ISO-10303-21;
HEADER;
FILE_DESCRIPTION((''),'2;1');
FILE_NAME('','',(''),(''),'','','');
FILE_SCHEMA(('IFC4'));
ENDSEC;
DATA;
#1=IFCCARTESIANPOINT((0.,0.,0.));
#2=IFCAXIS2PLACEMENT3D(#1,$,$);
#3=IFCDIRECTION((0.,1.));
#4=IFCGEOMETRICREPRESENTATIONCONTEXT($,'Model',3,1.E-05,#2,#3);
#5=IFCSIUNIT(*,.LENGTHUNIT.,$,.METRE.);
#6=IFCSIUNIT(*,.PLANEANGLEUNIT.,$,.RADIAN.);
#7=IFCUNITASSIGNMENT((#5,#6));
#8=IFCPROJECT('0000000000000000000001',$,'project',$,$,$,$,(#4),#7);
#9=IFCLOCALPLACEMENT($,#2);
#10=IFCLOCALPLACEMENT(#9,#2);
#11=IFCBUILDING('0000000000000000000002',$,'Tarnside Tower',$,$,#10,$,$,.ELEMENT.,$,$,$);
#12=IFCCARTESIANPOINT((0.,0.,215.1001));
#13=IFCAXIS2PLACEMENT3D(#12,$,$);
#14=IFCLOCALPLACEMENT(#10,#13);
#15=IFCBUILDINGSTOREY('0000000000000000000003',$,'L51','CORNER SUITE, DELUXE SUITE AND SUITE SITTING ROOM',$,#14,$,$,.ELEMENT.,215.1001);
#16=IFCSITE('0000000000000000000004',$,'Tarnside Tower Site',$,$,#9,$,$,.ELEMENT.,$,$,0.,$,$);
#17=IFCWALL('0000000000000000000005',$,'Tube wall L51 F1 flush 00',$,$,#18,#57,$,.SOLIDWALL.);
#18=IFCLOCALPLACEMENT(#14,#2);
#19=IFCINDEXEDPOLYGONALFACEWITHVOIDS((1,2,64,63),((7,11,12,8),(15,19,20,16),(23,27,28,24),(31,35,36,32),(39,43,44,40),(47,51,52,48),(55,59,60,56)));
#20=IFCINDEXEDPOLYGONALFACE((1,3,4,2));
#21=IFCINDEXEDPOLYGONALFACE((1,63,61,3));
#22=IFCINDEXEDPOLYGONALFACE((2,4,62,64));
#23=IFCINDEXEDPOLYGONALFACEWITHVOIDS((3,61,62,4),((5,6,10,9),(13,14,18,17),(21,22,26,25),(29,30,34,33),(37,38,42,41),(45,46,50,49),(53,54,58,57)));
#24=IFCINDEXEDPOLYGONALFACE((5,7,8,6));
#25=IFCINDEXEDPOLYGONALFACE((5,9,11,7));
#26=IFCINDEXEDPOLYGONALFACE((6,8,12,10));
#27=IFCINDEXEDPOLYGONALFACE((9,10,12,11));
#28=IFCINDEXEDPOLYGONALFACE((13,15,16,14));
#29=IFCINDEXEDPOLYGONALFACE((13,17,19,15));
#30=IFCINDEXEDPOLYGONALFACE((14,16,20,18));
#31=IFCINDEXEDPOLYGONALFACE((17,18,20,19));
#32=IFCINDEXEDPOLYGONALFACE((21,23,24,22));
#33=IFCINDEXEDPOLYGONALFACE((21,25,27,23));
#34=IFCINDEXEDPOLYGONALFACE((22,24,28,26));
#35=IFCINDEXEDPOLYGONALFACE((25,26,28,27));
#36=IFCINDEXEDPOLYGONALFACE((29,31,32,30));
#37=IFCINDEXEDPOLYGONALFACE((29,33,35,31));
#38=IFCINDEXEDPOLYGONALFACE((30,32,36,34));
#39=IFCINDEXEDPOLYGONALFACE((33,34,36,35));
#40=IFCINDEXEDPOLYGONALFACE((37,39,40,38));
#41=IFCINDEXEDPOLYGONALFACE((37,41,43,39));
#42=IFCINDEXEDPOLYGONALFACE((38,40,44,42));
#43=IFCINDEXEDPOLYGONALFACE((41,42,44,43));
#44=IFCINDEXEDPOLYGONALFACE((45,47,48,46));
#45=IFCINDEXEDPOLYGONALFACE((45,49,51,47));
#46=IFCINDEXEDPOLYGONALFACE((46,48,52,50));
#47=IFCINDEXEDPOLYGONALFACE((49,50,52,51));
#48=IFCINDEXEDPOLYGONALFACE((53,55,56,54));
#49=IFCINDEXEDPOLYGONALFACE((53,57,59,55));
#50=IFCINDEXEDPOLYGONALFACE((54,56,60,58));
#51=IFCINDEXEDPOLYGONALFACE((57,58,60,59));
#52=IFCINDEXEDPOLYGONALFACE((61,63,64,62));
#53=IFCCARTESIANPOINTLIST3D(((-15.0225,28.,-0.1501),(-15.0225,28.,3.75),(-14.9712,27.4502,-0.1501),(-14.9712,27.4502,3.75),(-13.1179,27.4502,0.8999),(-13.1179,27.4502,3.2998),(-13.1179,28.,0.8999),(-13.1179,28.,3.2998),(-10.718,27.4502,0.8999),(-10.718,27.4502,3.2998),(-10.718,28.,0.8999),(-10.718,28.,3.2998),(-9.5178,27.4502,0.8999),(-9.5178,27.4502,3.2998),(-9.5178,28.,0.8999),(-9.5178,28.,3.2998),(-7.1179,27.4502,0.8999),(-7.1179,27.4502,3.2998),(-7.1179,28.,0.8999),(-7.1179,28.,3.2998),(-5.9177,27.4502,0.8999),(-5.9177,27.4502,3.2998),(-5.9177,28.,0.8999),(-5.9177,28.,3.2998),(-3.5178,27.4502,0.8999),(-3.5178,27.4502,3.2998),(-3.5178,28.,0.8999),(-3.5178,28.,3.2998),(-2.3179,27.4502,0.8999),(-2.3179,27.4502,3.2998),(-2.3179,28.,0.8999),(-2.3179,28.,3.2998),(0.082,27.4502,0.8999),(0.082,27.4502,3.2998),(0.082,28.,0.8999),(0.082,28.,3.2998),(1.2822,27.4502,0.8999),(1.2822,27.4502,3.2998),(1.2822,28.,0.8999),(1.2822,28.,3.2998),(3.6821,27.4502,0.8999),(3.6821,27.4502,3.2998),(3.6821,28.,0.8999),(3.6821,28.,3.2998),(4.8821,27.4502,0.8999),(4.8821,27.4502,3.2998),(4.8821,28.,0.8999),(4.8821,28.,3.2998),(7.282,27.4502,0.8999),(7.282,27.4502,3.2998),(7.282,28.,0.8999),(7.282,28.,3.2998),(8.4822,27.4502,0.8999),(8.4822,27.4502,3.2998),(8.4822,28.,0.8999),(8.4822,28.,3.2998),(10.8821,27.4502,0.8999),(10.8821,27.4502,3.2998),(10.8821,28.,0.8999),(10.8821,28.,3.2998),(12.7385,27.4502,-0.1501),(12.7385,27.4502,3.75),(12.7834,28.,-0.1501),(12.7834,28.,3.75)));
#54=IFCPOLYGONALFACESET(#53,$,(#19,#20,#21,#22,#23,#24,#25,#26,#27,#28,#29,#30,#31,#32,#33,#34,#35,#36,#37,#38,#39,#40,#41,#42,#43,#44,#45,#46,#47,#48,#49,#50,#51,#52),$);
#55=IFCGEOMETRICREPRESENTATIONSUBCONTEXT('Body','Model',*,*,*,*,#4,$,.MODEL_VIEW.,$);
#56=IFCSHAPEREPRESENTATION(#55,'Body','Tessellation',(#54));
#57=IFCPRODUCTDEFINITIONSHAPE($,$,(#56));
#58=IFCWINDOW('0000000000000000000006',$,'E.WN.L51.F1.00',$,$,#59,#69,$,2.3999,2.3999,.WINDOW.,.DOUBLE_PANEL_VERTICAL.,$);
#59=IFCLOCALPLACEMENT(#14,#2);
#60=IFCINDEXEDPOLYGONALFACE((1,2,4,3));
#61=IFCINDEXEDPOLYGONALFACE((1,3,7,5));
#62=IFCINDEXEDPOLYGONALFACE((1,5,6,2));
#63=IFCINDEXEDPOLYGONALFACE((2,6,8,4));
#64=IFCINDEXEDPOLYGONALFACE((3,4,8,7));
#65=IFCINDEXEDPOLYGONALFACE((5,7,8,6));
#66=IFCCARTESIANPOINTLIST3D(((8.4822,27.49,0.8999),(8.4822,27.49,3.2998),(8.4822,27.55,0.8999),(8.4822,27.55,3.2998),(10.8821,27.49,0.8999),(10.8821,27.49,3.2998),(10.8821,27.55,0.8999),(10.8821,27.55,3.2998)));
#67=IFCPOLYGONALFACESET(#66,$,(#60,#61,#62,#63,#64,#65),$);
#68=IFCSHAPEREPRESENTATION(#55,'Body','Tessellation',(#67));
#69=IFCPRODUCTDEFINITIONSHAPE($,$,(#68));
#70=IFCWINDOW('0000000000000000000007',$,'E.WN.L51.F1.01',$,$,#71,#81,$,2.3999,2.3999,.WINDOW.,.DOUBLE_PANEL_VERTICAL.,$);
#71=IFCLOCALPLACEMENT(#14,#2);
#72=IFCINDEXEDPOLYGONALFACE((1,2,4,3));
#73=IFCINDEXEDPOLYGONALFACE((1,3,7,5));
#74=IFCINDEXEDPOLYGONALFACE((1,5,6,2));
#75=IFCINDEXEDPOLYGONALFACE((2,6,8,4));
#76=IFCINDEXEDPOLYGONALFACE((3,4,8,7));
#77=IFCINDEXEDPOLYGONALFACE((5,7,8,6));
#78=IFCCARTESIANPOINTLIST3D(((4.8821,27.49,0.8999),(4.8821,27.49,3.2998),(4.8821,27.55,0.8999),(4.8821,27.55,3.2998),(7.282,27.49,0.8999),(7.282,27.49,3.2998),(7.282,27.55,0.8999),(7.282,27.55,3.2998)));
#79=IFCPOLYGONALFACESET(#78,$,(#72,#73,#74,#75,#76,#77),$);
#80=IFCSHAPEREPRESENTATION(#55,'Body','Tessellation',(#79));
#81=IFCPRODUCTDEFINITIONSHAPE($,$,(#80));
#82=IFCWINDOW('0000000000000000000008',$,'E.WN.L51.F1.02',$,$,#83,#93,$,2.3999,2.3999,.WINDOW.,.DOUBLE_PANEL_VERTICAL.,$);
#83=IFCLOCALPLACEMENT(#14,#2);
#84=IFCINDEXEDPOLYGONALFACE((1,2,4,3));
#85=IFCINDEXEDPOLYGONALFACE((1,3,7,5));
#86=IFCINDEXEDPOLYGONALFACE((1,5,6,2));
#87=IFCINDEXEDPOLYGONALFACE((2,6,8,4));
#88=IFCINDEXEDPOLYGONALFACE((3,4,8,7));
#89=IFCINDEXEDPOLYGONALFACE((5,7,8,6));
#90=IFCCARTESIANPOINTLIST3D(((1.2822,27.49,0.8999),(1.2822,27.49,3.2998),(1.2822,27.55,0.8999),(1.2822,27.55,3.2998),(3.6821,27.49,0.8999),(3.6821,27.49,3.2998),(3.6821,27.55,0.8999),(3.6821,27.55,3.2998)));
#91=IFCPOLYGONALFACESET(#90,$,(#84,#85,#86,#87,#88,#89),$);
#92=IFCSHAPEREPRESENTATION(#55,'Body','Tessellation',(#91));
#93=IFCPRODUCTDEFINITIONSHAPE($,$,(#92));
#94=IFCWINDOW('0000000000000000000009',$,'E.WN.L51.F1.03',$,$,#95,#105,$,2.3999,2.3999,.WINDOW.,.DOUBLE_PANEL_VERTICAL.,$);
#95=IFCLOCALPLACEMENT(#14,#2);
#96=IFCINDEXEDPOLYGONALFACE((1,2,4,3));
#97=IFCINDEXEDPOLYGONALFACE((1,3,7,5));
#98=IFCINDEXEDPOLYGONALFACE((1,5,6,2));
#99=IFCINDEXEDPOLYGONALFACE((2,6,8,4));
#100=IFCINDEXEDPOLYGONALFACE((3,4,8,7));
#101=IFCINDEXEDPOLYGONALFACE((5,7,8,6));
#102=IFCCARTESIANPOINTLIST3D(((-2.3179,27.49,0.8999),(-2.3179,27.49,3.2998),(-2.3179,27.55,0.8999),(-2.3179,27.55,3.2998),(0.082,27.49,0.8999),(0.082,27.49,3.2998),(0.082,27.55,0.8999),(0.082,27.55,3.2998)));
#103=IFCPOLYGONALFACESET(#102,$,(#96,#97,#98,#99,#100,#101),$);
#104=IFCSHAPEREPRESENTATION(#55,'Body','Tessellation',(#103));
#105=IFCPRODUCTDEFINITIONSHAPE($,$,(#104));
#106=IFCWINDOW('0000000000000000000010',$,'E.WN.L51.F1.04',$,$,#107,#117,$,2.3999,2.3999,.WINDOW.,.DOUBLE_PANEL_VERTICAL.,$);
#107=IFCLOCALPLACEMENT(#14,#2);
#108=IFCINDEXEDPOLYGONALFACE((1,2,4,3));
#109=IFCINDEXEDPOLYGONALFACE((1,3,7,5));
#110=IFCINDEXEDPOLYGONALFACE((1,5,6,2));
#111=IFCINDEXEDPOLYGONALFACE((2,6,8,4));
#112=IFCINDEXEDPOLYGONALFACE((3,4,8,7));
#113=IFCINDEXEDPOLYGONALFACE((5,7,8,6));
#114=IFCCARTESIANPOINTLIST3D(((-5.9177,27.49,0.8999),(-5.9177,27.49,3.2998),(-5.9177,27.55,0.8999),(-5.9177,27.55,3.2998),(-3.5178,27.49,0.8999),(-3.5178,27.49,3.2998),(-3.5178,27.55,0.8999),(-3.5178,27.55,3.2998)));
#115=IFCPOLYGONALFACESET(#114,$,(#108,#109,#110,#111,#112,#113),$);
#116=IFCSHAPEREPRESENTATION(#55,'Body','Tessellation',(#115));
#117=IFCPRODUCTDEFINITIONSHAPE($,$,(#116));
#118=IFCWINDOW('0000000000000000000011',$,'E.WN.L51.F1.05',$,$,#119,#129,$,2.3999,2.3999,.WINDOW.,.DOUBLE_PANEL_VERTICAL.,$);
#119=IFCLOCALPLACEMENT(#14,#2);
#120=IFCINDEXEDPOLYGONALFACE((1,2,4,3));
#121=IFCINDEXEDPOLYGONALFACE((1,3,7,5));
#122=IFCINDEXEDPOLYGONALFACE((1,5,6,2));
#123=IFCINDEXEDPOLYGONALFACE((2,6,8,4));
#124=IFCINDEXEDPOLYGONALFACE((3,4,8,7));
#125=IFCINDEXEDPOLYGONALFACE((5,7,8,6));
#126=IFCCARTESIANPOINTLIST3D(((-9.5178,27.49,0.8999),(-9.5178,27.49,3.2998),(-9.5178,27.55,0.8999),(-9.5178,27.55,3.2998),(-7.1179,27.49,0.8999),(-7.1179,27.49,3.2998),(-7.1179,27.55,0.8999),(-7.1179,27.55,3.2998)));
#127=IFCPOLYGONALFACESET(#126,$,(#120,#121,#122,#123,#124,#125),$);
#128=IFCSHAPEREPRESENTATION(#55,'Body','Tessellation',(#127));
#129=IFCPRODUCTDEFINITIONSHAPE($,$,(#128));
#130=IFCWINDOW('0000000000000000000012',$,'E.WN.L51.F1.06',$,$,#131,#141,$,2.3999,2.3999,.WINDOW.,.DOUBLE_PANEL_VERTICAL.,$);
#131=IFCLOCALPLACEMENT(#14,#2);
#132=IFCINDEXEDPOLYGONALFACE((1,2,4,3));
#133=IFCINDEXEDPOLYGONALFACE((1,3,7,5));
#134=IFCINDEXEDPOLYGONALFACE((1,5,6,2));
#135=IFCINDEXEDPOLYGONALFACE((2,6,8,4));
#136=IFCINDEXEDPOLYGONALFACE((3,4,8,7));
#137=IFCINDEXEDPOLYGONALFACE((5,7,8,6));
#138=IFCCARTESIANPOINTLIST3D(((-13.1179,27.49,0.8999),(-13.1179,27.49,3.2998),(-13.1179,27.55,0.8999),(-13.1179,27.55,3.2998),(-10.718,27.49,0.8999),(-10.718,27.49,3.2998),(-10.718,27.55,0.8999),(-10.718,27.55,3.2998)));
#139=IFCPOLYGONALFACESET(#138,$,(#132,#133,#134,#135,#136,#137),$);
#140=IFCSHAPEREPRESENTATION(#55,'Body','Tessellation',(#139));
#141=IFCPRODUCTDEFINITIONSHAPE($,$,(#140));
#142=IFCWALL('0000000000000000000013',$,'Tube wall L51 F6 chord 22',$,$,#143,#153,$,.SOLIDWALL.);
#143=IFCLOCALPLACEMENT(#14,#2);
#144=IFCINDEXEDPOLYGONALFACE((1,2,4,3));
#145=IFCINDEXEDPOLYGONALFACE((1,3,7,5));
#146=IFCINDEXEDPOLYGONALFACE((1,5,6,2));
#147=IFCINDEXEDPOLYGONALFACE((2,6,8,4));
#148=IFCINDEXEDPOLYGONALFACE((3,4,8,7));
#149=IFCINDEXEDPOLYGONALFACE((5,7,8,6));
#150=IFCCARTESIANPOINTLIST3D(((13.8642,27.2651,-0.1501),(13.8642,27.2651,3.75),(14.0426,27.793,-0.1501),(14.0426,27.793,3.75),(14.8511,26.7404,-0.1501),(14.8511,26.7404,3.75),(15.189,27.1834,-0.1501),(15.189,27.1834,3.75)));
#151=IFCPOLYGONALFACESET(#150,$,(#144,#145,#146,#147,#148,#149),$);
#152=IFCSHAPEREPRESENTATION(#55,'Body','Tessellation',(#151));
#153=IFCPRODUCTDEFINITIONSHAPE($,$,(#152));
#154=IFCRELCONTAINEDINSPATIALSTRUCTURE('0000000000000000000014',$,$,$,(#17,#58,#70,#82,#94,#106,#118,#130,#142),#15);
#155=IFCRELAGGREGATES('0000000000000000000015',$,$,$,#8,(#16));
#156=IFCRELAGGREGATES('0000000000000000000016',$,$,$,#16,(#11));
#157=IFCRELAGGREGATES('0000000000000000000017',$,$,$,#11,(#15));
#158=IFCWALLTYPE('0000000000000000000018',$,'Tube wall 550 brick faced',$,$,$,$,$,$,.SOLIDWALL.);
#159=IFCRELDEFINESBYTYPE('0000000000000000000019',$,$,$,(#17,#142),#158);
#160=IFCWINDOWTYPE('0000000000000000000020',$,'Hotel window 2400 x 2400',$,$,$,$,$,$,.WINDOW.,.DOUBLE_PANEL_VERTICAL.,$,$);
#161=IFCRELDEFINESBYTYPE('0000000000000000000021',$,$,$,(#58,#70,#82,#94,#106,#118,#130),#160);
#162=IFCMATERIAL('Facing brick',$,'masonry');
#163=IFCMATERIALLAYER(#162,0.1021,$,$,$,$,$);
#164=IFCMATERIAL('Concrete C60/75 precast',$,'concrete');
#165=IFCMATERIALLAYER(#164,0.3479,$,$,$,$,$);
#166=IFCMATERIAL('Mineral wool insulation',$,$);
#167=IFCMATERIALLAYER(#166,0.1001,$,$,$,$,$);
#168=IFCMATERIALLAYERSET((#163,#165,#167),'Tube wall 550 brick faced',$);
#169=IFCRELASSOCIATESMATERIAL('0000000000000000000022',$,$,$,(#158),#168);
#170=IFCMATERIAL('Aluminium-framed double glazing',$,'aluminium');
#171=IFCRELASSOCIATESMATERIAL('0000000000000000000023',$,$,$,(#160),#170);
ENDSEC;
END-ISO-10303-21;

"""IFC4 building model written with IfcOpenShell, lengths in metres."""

from ifc_helpers import new_model, si_unit, direction, frame, frame_2d, origin, place, context, subcontext, project, spatial, polyline, rectangle, outline, extrude, material, layer, layer_set, type_object, element, fill, save


model = new_model("IFC4")

# Units and contexts
model_context = context("Model", 3, precision=1e-05, world=origin(), true_north=direction((0.0, 1.0)))
body_context = subcontext(model_context, "Body", "Model", "MODEL_VIEW")
ifc_project = project(units=[si_unit("LENGTHUNIT", "METRE"), si_unit("PLANEANGLEUNIT", "RADIAN")], contexts=[model_context])

# Site, building, storey
site_placement = place(None, origin())
site = spatial("IfcSite", under=ifc_project, at=site_placement, Name="Tarnside Tower Site", CompositionType="ELEMENT", RefElevation=0.0)
building_placement = place(site_placement, origin())
building = spatial("IfcBuilding", under=site, at=building_placement, Name="Tarnside Tower", CompositionType="ELEMENT")
storey_placement = place(building_placement, frame((0.0, 0.0, 215.1001)))
storey = spatial("IfcBuildingStorey", under=building, at=storey_placement, Name="L51", Description="CORNER SUITE, DELUXE SUITE AND SUITE SITTING ROOM", CompositionType="ELEMENT", Elevation=215.1001)

# Wall, openings, windows
ifc_material_1 = material(Name="Facing brick", Category="masonry")
ifc_layer_1 = layer(ifc_material_1, 0.1021)
ifc_material_2 = material(Name="Concrete C60/75 precast", Category="concrete")
ifc_layer_2 = layer(ifc_material_2, 0.3479)
ifc_material_3 = material(Name="Mineral wool insulation")
ifc_layer_3 = layer(ifc_material_3, 0.1001)
ifc_layer_set_1 = layer_set([ifc_layer_1, ifc_layer_2, ifc_layer_3], Name="Tube wall 550 brick faced")
wall_type_1 = type_object("IfcWallType", Name="Tube wall 550 brick faced", PredefinedType="SOLIDWALL", material=ifc_layer_set_1)
wall_1_placement = place(storey_placement, frame((12.761, 27.7251, -0.1501), z_axis=(0.0, 0.0, 1.0), x_axis=(-1.0, 0.0, 0.0)))
wall_1 = element("IfcWall", 1, at=wall_1_placement, inside=storey, type_object=wall_type_1, Name="Tube wall L51 F1 flush 00", PredefinedType="SOLIDWALL", context=body_context, shape_type="SweptSolid", body=[
    extrude(outline(polyline([(-0.0225, -0.2749), (27.7834, -0.2749), (27.7322, 0.2749), (0.0225, 0.2749), (-0.0225, -0.2749)])), origin(), (0.0, 0.0, 1.0), 3.9001),
])
opening_1_placement = place(wall_1_placement, frame((1.8789, 0.0, 1.05)))
opening_1 = element("IfcOpeningElement", 2, at=opening_1_placement, cuts=wall_1, PredefinedType="OPENING", context=body_context, shape_type="SweptSolid", body=[
    extrude(rectangle(XDim=2.3999, YDim=2.3999, at=frame_2d((1.2, 1.2))), frame((0.0, 0.2852, 0.0), z_axis=(0.0, -1.0, 0.0), x_axis=(1.0, 0.0, 0.0)), (0.0, 0.0, 1.0), 0.5701),
])
opening_2_placement = place(wall_1_placement, frame((5.479, 0.0, 1.05)))
opening_2 = element("IfcOpeningElement", 3, at=opening_2_placement, cuts=wall_1, PredefinedType="OPENING", context=body_context, shape_type="SweptSolid", body=[
    extrude(rectangle(XDim=2.3999, YDim=2.3999, at=frame_2d((1.2, 1.2))), frame((0.0, 0.2852, 0.0), z_axis=(0.0, -1.0, 0.0), x_axis=(1.0, 0.0, 0.0)), (0.0, 0.0, 1.0), 0.5701),
])
opening_3_placement = place(wall_1_placement, frame((9.0789, 0.0, 1.05)))
opening_3 = element("IfcOpeningElement", 4, at=opening_3_placement, cuts=wall_1, PredefinedType="OPENING", context=body_context, shape_type="SweptSolid", body=[
    extrude(rectangle(XDim=2.3999, YDim=2.3999, at=frame_2d((1.2, 1.2))), frame((0.0, 0.2852, 0.0), z_axis=(0.0, -1.0, 0.0), x_axis=(1.0, 0.0, 0.0)), (0.0, 0.0, 1.0), 0.5701),
])
opening_4_placement = place(wall_1_placement, frame((12.679, 0.0, 1.05)))
opening_4 = element("IfcOpeningElement", 5, at=opening_4_placement, cuts=wall_1, PredefinedType="OPENING", context=body_context, shape_type="SweptSolid", body=[
    extrude(rectangle(XDim=2.3999, YDim=2.3999, at=frame_2d((1.2, 1.2))), frame((0.0, 0.2852, 0.0), z_axis=(0.0, -1.0, 0.0), x_axis=(1.0, 0.0, 0.0)), (0.0, 0.0, 1.0), 0.5701),
])
opening_5_placement = place(wall_1_placement, frame((16.2788, 0.0, 1.05)))
opening_5 = element("IfcOpeningElement", 6, at=opening_5_placement, cuts=wall_1, PredefinedType="OPENING", context=body_context, shape_type="SweptSolid", body=[
    extrude(rectangle(XDim=2.3999, YDim=2.3999, at=frame_2d((1.2, 1.2))), frame((0.0, 0.2852, 0.0), z_axis=(0.0, -1.0, 0.0), x_axis=(1.0, 0.0, 0.0)), (0.0, 0.0, 1.0), 0.5701),
])
opening_6_placement = place(wall_1_placement, frame((19.8789, 0.0, 1.05)))
opening_6 = element("IfcOpeningElement", 7, at=opening_6_placement, cuts=wall_1, PredefinedType="OPENING", context=body_context, shape_type="SweptSolid", body=[
    extrude(rectangle(XDim=2.3999, YDim=2.3999, at=frame_2d((1.2, 1.2))), frame((0.0, 0.2852, 0.0), z_axis=(0.0, -1.0, 0.0), x_axis=(1.0, 0.0, 0.0)), (0.0, 0.0, 1.0), 0.5701),
])
opening_7_placement = place(wall_1_placement, frame((23.479, 0.0, 1.05)))
opening_7 = element("IfcOpeningElement", 8, at=opening_7_placement, cuts=wall_1, PredefinedType="OPENING", context=body_context, shape_type="SweptSolid", body=[
    extrude(rectangle(XDim=2.3999, YDim=2.3999, at=frame_2d((1.2, 1.2))), frame((0.0, 0.2852, 0.0), z_axis=(0.0, -1.0, 0.0), x_axis=(1.0, 0.0, 0.0)), (0.0, 0.0, 1.0), 0.5701),
])
ifc_material_4 = material(Name="Aluminium-framed double glazing", Category="aluminium")
window_type = type_object("IfcWindowType", Name="Hotel window 2400 x 2400", PartitioningType="DOUBLE_PANEL_VERTICAL", PredefinedType="WINDOW", material=ifc_material_4)
window_1_placement = place(opening_1_placement, frame((0.0, 0.2051, 0.0)))
window_1 = element("IfcWindow", 9, at=window_1_placement, inside=storey, type_object=window_type, Name="E.WN.L51.F1.00", OverallHeight=2.3999, OverallWidth=2.3999, PartitioningType="DOUBLE_PANEL_VERTICAL", PredefinedType="WINDOW", context=body_context, shape_type="SweptSolid", body=[
    extrude(rectangle(XDim=2.3999, YDim=2.3999, at=frame_2d((1.2, 1.2))), frame((0.0, 0.03, 0.0), z_axis=(0.0, -1.0, 0.0), x_axis=(1.0, 0.0, 0.0)), (0.0, 0.0, 1.0), 0.0601),
])
fill(opening_1, window_1)
window_2_placement = place(opening_2_placement, frame((0.0, 0.2051, 0.0)))
window_2 = element("IfcWindow", 10, at=window_2_placement, inside=storey, type_object=window_type, Name="E.WN.L51.F1.01", OverallHeight=2.3999, OverallWidth=2.3999, PartitioningType="DOUBLE_PANEL_VERTICAL", PredefinedType="WINDOW", context=body_context, shape_type="SweptSolid", body=[
    extrude(rectangle(XDim=2.3999, YDim=2.3999, at=frame_2d((1.2, 1.2))), frame((0.0, 0.03, 0.0), z_axis=(0.0, -1.0, 0.0), x_axis=(1.0, 0.0, 0.0)), (0.0, 0.0, 1.0), 0.0601),
])
fill(opening_2, window_2)
window_3_placement = place(opening_3_placement, frame((0.0, 0.2051, 0.0)))
window_3 = element("IfcWindow", 11, at=window_3_placement, inside=storey, type_object=window_type, Name="E.WN.L51.F1.02", OverallHeight=2.3999, OverallWidth=2.3999, PartitioningType="DOUBLE_PANEL_VERTICAL", PredefinedType="WINDOW", context=body_context, shape_type="SweptSolid", body=[
    extrude(rectangle(XDim=2.3999, YDim=2.3999, at=frame_2d((1.2, 1.2))), frame((0.0, 0.03, 0.0), z_axis=(0.0, -1.0, 0.0), x_axis=(1.0, 0.0, 0.0)), (0.0, 0.0, 1.0), 0.0601),
])
fill(opening_3, window_3)
window_4_placement = place(opening_4_placement, frame((0.0, 0.2051, 0.0)))
window_4 = element("IfcWindow", 12, at=window_4_placement, inside=storey, type_object=window_type, Name="E.WN.L51.F1.03", OverallHeight=2.3999, OverallWidth=2.3999, PartitioningType="DOUBLE_PANEL_VERTICAL", PredefinedType="WINDOW", context=body_context, shape_type="SweptSolid", body=[
    extrude(rectangle(XDim=2.3999, YDim=2.3999, at=frame_2d((1.2, 1.2))), frame((0.0, 0.03, 0.0), z_axis=(0.0, -1.0, 0.0), x_axis=(1.0, 0.0, 0.0)), (0.0, 0.0, 1.0), 0.0601),
])
fill(opening_4, window_4)
window_5_placement = place(opening_5_placement, frame((0.0, 0.2051, 0.0)))
window_5 = element("IfcWindow", 13, at=window_5_placement, inside=storey, type_object=window_type, Name="E.WN.L51.F1.04", OverallHeight=2.3999, OverallWidth=2.3999, PartitioningType="DOUBLE_PANEL_VERTICAL", PredefinedType="WINDOW", context=body_context, shape_type="SweptSolid", body=[
    extrude(rectangle(XDim=2.3999, YDim=2.3999, at=frame_2d((1.2, 1.2))), frame((0.0, 0.03, 0.0), z_axis=(0.0, -1.0, 0.0), x_axis=(1.0, 0.0, 0.0)), (0.0, 0.0, 1.0), 0.0601),
])
fill(opening_5, window_5)
window_6_placement = place(opening_6_placement, frame((0.0, 0.2051, 0.0)))
window_6 = element("IfcWindow", 14, at=window_6_placement, inside=storey, type_object=window_type, Name="E.WN.L51.F1.05", OverallHeight=2.3999, OverallWidth=2.3999, PartitioningType="DOUBLE_PANEL_VERTICAL", PredefinedType="WINDOW", context=body_context, shape_type="SweptSolid", body=[
    extrude(rectangle(XDim=2.3999, YDim=2.3999, at=frame_2d((1.2, 1.2))), frame((0.0, 0.03, 0.0), z_axis=(0.0, -1.0, 0.0), x_axis=(1.0, 0.0, 0.0)), (0.0, 0.0, 1.0), 0.0601),
])
fill(opening_6, window_6)
window_7_placement = place(opening_7_placement, frame((0.0, 0.2051, 0.0)))
window_7 = element("IfcWindow", 15, at=window_7_placement, inside=storey, type_object=window_type, Name="E.WN.L51.F1.06", OverallHeight=2.3999, OverallWidth=2.3999, PartitioningType="DOUBLE_PANEL_VERTICAL", PredefinedType="WINDOW", context=body_context, shape_type="SweptSolid", body=[
    extrude(rectangle(XDim=2.3999, YDim=2.3999, at=frame_2d((1.2, 1.2))), frame((0.0, 0.03, 0.0), z_axis=(0.0, -1.0, 0.0), x_axis=(1.0, 0.0, 0.0)), (0.0, 0.0, 1.0), 0.0601),
])
fill(opening_7, window_7)

# Wall
wall_2_placement = place(storey_placement, frame((15.02, 26.9619, -0.1501), z_axis=(0.0, 0.0, 1.0), x_axis=(-0.882951, 0.469465, 0.0)))
element("IfcWall", 16, at=wall_2_placement, inside=storey, type_object=wall_type_1, Name="Tube wall L51 F6 chord 22", PredefinedType="SOLIDWALL", context=body_context, shape_type="SweptSolid", body=[
    extrude(outline(polyline([(-0.0452, -0.2749), (1.2532, -0.2749), (1.1628, 0.2749), (0.0452, 0.2749), (-0.0452, -0.2749)])), origin(), (0.0, 0.0, 1.0), 3.9001),
])

save(model, "model.ifc")
